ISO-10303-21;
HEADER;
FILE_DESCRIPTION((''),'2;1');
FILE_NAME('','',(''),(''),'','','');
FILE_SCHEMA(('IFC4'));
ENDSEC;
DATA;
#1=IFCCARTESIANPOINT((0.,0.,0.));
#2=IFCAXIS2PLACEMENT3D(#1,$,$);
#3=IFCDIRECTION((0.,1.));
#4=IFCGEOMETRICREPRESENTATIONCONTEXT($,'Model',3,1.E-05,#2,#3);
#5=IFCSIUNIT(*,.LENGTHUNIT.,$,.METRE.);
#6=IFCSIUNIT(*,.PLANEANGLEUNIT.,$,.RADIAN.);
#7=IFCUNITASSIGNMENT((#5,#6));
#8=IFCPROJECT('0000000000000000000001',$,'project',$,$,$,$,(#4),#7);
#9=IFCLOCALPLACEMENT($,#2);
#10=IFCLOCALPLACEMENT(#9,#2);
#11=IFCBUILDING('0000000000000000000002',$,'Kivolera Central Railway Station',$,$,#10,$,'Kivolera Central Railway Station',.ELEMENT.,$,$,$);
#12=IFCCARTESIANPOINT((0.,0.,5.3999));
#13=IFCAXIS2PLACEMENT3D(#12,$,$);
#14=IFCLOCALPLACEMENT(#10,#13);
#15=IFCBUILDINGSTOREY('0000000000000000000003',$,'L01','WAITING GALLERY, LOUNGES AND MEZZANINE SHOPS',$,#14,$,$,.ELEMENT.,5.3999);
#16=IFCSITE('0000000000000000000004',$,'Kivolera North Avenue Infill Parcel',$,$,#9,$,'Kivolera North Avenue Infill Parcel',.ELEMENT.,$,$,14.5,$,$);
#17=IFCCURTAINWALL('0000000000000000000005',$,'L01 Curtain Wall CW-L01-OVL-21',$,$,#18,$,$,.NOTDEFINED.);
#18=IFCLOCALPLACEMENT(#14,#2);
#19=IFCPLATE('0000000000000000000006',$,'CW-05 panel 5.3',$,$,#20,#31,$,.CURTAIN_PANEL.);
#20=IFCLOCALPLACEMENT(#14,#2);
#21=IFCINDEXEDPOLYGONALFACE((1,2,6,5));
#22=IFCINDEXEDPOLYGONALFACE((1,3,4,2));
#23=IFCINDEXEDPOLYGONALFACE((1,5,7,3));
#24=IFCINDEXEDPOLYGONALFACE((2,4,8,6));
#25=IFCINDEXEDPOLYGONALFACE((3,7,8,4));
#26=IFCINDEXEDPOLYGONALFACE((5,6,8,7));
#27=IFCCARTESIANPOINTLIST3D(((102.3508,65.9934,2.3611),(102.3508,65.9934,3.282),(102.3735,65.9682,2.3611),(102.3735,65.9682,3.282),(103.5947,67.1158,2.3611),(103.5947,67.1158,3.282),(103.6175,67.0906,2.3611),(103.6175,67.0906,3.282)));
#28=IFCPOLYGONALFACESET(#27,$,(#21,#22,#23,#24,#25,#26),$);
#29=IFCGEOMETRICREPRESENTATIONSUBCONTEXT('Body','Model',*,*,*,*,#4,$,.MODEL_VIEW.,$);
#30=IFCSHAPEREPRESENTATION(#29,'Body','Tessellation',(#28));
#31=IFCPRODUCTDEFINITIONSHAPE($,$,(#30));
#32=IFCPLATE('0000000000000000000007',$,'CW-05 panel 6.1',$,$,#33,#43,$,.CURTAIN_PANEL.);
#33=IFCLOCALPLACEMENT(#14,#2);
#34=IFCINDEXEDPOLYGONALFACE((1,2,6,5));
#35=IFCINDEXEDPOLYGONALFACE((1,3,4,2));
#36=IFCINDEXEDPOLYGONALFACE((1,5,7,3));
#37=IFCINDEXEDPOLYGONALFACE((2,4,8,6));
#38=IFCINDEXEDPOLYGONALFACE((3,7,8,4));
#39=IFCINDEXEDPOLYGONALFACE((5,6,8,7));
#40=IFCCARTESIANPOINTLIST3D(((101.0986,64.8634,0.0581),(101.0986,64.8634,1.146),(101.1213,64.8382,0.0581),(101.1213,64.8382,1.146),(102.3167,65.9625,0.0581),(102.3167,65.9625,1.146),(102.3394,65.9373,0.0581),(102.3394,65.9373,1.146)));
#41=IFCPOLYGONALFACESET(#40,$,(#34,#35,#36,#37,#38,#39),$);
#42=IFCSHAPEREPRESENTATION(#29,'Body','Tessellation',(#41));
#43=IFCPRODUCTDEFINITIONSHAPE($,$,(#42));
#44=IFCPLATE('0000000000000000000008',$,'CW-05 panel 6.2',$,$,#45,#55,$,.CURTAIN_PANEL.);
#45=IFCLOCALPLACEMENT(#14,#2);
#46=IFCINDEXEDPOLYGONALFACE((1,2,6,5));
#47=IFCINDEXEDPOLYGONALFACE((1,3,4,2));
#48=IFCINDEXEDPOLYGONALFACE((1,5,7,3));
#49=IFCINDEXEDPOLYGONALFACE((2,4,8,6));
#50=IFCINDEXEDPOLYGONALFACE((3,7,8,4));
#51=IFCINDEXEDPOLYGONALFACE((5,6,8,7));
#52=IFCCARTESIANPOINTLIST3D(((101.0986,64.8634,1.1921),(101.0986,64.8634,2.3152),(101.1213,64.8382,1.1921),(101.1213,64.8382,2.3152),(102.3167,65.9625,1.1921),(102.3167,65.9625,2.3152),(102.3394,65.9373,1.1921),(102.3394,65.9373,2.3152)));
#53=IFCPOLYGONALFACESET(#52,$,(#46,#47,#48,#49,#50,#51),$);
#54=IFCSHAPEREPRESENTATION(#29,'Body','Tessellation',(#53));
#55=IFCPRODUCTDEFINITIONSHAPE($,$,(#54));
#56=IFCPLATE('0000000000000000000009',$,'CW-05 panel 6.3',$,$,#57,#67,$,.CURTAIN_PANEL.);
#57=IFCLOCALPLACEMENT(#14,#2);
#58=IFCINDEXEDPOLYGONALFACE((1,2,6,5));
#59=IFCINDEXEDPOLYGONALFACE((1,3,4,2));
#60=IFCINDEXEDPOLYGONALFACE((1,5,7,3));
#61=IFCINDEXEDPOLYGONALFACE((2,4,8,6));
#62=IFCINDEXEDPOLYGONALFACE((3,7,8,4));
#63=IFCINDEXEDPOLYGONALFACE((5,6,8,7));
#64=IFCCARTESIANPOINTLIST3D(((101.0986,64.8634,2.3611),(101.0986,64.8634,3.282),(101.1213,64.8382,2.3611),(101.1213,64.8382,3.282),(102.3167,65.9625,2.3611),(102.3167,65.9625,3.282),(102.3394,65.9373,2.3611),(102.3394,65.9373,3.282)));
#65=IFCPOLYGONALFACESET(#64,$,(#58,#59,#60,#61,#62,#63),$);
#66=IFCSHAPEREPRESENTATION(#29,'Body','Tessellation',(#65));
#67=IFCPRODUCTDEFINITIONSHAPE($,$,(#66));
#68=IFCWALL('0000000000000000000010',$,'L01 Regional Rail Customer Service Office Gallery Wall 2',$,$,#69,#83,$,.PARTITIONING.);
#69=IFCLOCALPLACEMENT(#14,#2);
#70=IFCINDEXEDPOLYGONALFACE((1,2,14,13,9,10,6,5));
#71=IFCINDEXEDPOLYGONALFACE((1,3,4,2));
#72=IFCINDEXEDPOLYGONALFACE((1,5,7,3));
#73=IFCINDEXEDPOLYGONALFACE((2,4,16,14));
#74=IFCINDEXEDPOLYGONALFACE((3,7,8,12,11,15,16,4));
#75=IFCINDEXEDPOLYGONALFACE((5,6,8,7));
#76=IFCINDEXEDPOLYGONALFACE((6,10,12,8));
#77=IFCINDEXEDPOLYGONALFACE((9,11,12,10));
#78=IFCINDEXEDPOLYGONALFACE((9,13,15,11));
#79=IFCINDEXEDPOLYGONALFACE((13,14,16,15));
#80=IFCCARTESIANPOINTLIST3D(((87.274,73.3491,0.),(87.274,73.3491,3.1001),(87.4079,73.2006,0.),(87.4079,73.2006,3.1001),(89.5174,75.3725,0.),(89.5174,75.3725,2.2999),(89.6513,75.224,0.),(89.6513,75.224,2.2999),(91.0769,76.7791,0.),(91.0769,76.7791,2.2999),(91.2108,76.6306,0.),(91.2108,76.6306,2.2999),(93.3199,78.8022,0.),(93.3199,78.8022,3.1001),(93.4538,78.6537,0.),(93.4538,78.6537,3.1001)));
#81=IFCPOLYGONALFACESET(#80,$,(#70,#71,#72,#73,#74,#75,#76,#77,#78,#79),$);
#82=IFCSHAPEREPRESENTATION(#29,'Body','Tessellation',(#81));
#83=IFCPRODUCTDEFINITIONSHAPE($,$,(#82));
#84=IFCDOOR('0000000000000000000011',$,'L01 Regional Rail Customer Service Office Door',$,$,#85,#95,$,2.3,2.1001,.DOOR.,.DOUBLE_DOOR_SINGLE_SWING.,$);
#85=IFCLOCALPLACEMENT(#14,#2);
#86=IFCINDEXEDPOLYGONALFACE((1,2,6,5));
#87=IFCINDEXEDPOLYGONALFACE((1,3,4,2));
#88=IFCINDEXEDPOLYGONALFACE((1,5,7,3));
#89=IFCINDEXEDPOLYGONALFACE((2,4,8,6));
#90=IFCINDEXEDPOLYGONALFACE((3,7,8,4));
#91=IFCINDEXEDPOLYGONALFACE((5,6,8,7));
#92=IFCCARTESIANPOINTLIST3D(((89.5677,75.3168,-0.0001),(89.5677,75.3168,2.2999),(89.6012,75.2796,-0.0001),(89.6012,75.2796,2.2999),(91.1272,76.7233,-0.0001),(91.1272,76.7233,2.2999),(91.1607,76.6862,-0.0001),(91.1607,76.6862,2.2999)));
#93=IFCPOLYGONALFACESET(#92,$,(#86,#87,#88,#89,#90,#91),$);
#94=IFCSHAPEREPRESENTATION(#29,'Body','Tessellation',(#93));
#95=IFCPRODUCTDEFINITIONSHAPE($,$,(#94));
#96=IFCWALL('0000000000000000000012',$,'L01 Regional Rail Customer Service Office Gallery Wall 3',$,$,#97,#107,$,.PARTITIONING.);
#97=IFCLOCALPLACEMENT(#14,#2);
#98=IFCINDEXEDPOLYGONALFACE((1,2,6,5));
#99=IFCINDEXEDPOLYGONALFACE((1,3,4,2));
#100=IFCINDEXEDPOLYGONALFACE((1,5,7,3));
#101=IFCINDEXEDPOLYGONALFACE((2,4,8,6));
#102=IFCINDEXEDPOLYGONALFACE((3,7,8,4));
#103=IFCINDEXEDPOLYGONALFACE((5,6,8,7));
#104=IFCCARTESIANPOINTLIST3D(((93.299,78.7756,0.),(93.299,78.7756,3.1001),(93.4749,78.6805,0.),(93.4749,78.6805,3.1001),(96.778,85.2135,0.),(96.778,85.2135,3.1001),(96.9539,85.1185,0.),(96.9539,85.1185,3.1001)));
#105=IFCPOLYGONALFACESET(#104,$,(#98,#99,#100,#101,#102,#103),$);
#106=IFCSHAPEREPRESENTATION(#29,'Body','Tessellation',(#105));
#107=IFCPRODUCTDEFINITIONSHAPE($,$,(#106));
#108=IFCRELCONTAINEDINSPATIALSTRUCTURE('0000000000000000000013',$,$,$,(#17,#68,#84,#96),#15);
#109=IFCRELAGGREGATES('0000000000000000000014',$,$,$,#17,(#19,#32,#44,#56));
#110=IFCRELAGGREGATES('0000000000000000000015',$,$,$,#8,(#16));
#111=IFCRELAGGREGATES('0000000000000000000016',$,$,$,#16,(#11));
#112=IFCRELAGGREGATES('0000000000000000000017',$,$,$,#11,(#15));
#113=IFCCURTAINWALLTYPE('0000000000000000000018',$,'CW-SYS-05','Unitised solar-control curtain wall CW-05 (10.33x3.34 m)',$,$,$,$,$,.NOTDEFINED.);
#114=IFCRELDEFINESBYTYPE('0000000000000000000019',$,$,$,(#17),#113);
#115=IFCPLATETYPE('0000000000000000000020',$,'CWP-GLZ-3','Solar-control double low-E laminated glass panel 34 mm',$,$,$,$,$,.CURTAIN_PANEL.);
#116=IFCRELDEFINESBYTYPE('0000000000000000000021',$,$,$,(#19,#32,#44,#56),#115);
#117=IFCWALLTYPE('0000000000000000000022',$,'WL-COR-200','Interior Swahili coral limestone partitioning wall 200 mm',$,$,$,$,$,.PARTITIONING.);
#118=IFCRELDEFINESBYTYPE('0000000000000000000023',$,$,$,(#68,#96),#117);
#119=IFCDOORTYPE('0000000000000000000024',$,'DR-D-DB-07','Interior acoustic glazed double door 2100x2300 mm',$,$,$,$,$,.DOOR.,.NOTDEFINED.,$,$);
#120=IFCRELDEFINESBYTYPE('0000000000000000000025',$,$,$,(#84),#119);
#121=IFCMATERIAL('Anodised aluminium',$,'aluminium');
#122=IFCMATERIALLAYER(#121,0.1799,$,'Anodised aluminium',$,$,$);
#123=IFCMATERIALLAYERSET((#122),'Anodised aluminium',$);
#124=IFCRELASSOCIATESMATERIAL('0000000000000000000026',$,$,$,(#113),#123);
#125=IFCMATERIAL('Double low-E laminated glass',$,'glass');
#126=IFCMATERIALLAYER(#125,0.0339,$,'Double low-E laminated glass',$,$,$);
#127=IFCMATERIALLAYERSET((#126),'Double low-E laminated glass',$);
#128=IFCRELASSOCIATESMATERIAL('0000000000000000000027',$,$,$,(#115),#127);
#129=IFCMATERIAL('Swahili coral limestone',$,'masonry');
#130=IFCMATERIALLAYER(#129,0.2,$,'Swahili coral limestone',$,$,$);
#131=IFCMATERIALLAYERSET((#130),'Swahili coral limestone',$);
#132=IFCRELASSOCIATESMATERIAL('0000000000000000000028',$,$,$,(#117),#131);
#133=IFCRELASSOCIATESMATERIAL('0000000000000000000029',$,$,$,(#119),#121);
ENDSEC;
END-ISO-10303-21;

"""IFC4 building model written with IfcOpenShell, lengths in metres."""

from ifc_helpers import new_model, si_unit, direction, frame, frame_2d, origin, origin_2d, place, context, subcontext, project, spatial, rectangle, extrude, material, layer, layer_set, type_object, element, fill, aggregate, save


model = new_model("IFC4")

# Units and contexts
model_context = context("Model", 3, precision=1e-05, world=origin(), true_north=direction((0.0, 1.0)))
body_context = subcontext(model_context, "Body", "Model", "MODEL_VIEW")
ifc_project = project(units=[si_unit("LENGTHUNIT", "METRE"), si_unit("PLANEANGLEUNIT", "RADIAN")], contexts=[model_context])

# Site, building, storey
site_placement = place(None, origin())
site = spatial("IfcSite", under=ifc_project, at=site_placement, Name="Kivolera North Avenue Infill Parcel", LongName="Kivolera North Avenue Infill Parcel", CompositionType="ELEMENT", RefElevation=14.5)
building_placement = place(site_placement, origin())
building = spatial("IfcBuilding", under=site, at=building_placement, Name="Kivolera Central Railway Station", LongName="Kivolera Central Railway Station", CompositionType="ELEMENT")
storey_placement = place(building_placement, frame((0.0, 0.0, 5.3999)))
storey = spatial("IfcBuildingStorey", under=building, at=storey_placement, Name="L01", Description="WAITING GALLERY, LOUNGES AND MEZZANINE SHOPS", CompositionType="ELEMENT", Elevation=5.3999)

# Shared definitions
ifc_material_1 = material(Name="Anodised aluminium", Category="aluminium")

# Curtain wall, plates
ifc_layer_1 = layer(ifc_material_1, 0.1799, Name="Anodised aluminium")
ifc_layer_set_1 = layer_set([ifc_layer_1], Name="Anodised aluminium")
curtain_wall_type_1 = type_object("IfcCurtainWallType", Name="CW-SYS-05", Description="Unitised solar-control curtain wall CW-05 (10.33x3.34 m)", PredefinedType="NOTDEFINED", material=ifc_layer_set_1)
curtain_wall_1_placement = place(storey_placement, origin())
curtain_wall_1 = element("IfcCurtainWall", 1, at=curtain_wall_1_placement, inside=storey, type_object=curtain_wall_type_1, Name="L01 Curtain Wall CW-L01-OVL-21", PredefinedType="NOTDEFINED")
ifc_material_2 = material(Name="Double low-E laminated glass", Category="glass")
ifc_layer_2 = layer(ifc_material_2, 0.0339, Name="Double low-E laminated glass")
ifc_layer_set_2 = layer_set([ifc_layer_2], Name="Double low-E laminated glass")
plate_type = type_object("IfcPlateType", Name="CWP-GLZ-3", Description="Solar-control double low-E laminated glass panel 34 mm", PredefinedType="CURTAIN_PANEL", material=ifc_layer_set_2)
plate_1_placement = place(storey_placement, frame((102.9841, 66.542, 2.3611), z_axis=(0.0, 0.0, 1.0), x_axis=(-0.742432, -0.669922, 0.0)))
plate_1 = element("IfcPlate", 2, at=plate_1_placement, type_object=plate_type, Name="CW-05 panel 5.3", PredefinedType="CURTAIN_PANEL", context=body_context, shape_type="SweptSolid", body=[
    extrude(rectangle(XDim=1.6755, YDim=0.0339, at=origin_2d()), origin(), (0.0, 0.0, 1.0), 0.9209),
])
plate_2_placement = place(storey_placement, frame((101.719, 65.4004, 0.0581), z_axis=(0.0, 0.0, 1.0), x_axis=(-0.742432, -0.669922, 0.0)))
plate_2 = element("IfcPlate", 3, at=plate_2_placement, type_object=plate_type, Name="CW-05 panel 6.1", PredefinedType="CURTAIN_PANEL", context=body_context, shape_type="SweptSolid", body=[
    extrude(rectangle(XDim=1.6406, YDim=0.0339, at=origin_2d()), origin(), (0.0, 0.0, 1.0), 1.0879),
])
plate_3_placement = place(storey_placement, frame((101.719, 65.4004, 1.1921), z_axis=(0.0, 0.0, 1.0), x_axis=(-0.742432, -0.669922, 0.0)))
plate_3 = element("IfcPlate", 4, at=plate_3_placement, type_object=plate_type, Name="CW-05 panel 6.2", PredefinedType="CURTAIN_PANEL", context=body_context, shape_type="SweptSolid", body=[
    extrude(rectangle(XDim=1.6406, YDim=0.0339, at=origin_2d()), origin(), (0.0, 0.0, 1.0), 1.123),
])
plate_4_placement = place(storey_placement, frame((101.719, 65.4004, 2.3611), z_axis=(0.0, 0.0, 1.0), x_axis=(-0.742432, -0.669922, 0.0)))
plate_4 = element("IfcPlate", 5, at=plate_4_placement, type_object=plate_type, Name="CW-05 panel 6.3", PredefinedType="CURTAIN_PANEL", context=body_context, shape_type="SweptSolid", body=[
    extrude(rectangle(XDim=1.6406, YDim=0.0339, at=origin_2d()), origin(), (0.0, 0.0, 1.0), 0.9209),
])
aggregate(curtain_wall_1, [plate_1, plate_2, plate_3, plate_4])

# Wall, opening, door
ifc_material_3 = material(Name="Swahili coral limestone", Category="masonry")
ifc_layer_3 = layer(ifc_material_3, 0.2, Name="Swahili coral limestone")
ifc_layer_set_3 = layer_set([ifc_layer_3], Name="Swahili coral limestone")
wall_type = type_object("IfcWallType", Name="WL-COR-200", Description="Interior Swahili coral limestone partitioning wall 200 mm", PredefinedType="PARTITIONING", material=ifc_layer_set_3)
wall_1_placement = place(storey_placement, frame((87.3411, 73.2749, 0.0), z_axis=(0.0, 0.0, 1.0), x_axis=(0.742572, 0.669766, 0.0)))
wall_1 = element("IfcWall", 6, at=wall_1_placement, inside=storey, type_object=wall_type, Name="L01 Regional Rail Customer Service Office Gallery Wall 2", PredefinedType="PARTITIONING", context=body_context, shape_type="SweptSolid", body=[
    extrude(rectangle(XDim=8.1418, YDim=0.2, at=frame_2d((4.0708, 0.0))), origin(), (0.0, 0.0, 1.0), 3.1001),
])
opening_placement = place(wall_1_placement, frame((3.021, 0.0, 0.0)))
opening = element("IfcOpeningElement", 7, at=opening_placement, cuts=wall_1, PredefinedType="OPENING", context=body_context, shape_type="SweptSolid", body=[
    extrude(rectangle(XDim=2.1001, YDim=2.3, at=frame_2d((1.05, 1.1499))), frame((0.0, 0.1099, 0.0), z_axis=(0.0, -1.0, 0.0), x_axis=(1.0, 0.0, 0.0)), (0.0, 0.0, 1.0), 0.22),
])
door_type = type_object("IfcDoorType", Name="DR-D-DB-07", Description="Interior acoustic glazed double door 2100x2300 mm", OperationType="NOTDEFINED", PredefinedType="DOOR", material=ifc_material_1)
door_placement = place(opening_placement, origin())
door = element("IfcDoor", 8, at=door_placement, inside=storey, type_object=door_type, Name="L01 Regional Rail Customer Service Office Door", OperationType="DOUBLE_DOOR_SINGLE_SWING", OverallHeight=2.3, OverallWidth=2.1001, PredefinedType="DOOR", context=body_context, shape_type="SweptSolid", body=[
    extrude(rectangle(XDim=2.1001, YDim=2.3, at=frame_2d((1.05, 1.1499))), frame((0.0, 0.0249, 0.0), z_axis=(0.0, -1.0, 0.0), x_axis=(1.0, 0.0, 0.0)), (0.0, 0.0, 1.0), 0.05),
])
fill(opening, door)

# Wall
wall_2_placement = place(storey_placement, frame((93.387, 78.728, 0.0), z_axis=(0.0, 0.0, 1.0), x_axis=(0.475412, 0.879763, 0.0)))
element("IfcWall", 9, at=wall_2_placement, inside=storey, type_object=wall_type, Name="L01 Regional Rail Customer Service Office Gallery Wall 3", PredefinedType="PARTITIONING", context=body_context, shape_type="SweptSolid", body=[
    extrude(rectangle(XDim=7.3179, YDim=0.2, at=frame_2d((3.6589, 0.0))), origin(), (0.0, 0.0, 1.0), 3.1001),
])

save(model, "model.ifc")
